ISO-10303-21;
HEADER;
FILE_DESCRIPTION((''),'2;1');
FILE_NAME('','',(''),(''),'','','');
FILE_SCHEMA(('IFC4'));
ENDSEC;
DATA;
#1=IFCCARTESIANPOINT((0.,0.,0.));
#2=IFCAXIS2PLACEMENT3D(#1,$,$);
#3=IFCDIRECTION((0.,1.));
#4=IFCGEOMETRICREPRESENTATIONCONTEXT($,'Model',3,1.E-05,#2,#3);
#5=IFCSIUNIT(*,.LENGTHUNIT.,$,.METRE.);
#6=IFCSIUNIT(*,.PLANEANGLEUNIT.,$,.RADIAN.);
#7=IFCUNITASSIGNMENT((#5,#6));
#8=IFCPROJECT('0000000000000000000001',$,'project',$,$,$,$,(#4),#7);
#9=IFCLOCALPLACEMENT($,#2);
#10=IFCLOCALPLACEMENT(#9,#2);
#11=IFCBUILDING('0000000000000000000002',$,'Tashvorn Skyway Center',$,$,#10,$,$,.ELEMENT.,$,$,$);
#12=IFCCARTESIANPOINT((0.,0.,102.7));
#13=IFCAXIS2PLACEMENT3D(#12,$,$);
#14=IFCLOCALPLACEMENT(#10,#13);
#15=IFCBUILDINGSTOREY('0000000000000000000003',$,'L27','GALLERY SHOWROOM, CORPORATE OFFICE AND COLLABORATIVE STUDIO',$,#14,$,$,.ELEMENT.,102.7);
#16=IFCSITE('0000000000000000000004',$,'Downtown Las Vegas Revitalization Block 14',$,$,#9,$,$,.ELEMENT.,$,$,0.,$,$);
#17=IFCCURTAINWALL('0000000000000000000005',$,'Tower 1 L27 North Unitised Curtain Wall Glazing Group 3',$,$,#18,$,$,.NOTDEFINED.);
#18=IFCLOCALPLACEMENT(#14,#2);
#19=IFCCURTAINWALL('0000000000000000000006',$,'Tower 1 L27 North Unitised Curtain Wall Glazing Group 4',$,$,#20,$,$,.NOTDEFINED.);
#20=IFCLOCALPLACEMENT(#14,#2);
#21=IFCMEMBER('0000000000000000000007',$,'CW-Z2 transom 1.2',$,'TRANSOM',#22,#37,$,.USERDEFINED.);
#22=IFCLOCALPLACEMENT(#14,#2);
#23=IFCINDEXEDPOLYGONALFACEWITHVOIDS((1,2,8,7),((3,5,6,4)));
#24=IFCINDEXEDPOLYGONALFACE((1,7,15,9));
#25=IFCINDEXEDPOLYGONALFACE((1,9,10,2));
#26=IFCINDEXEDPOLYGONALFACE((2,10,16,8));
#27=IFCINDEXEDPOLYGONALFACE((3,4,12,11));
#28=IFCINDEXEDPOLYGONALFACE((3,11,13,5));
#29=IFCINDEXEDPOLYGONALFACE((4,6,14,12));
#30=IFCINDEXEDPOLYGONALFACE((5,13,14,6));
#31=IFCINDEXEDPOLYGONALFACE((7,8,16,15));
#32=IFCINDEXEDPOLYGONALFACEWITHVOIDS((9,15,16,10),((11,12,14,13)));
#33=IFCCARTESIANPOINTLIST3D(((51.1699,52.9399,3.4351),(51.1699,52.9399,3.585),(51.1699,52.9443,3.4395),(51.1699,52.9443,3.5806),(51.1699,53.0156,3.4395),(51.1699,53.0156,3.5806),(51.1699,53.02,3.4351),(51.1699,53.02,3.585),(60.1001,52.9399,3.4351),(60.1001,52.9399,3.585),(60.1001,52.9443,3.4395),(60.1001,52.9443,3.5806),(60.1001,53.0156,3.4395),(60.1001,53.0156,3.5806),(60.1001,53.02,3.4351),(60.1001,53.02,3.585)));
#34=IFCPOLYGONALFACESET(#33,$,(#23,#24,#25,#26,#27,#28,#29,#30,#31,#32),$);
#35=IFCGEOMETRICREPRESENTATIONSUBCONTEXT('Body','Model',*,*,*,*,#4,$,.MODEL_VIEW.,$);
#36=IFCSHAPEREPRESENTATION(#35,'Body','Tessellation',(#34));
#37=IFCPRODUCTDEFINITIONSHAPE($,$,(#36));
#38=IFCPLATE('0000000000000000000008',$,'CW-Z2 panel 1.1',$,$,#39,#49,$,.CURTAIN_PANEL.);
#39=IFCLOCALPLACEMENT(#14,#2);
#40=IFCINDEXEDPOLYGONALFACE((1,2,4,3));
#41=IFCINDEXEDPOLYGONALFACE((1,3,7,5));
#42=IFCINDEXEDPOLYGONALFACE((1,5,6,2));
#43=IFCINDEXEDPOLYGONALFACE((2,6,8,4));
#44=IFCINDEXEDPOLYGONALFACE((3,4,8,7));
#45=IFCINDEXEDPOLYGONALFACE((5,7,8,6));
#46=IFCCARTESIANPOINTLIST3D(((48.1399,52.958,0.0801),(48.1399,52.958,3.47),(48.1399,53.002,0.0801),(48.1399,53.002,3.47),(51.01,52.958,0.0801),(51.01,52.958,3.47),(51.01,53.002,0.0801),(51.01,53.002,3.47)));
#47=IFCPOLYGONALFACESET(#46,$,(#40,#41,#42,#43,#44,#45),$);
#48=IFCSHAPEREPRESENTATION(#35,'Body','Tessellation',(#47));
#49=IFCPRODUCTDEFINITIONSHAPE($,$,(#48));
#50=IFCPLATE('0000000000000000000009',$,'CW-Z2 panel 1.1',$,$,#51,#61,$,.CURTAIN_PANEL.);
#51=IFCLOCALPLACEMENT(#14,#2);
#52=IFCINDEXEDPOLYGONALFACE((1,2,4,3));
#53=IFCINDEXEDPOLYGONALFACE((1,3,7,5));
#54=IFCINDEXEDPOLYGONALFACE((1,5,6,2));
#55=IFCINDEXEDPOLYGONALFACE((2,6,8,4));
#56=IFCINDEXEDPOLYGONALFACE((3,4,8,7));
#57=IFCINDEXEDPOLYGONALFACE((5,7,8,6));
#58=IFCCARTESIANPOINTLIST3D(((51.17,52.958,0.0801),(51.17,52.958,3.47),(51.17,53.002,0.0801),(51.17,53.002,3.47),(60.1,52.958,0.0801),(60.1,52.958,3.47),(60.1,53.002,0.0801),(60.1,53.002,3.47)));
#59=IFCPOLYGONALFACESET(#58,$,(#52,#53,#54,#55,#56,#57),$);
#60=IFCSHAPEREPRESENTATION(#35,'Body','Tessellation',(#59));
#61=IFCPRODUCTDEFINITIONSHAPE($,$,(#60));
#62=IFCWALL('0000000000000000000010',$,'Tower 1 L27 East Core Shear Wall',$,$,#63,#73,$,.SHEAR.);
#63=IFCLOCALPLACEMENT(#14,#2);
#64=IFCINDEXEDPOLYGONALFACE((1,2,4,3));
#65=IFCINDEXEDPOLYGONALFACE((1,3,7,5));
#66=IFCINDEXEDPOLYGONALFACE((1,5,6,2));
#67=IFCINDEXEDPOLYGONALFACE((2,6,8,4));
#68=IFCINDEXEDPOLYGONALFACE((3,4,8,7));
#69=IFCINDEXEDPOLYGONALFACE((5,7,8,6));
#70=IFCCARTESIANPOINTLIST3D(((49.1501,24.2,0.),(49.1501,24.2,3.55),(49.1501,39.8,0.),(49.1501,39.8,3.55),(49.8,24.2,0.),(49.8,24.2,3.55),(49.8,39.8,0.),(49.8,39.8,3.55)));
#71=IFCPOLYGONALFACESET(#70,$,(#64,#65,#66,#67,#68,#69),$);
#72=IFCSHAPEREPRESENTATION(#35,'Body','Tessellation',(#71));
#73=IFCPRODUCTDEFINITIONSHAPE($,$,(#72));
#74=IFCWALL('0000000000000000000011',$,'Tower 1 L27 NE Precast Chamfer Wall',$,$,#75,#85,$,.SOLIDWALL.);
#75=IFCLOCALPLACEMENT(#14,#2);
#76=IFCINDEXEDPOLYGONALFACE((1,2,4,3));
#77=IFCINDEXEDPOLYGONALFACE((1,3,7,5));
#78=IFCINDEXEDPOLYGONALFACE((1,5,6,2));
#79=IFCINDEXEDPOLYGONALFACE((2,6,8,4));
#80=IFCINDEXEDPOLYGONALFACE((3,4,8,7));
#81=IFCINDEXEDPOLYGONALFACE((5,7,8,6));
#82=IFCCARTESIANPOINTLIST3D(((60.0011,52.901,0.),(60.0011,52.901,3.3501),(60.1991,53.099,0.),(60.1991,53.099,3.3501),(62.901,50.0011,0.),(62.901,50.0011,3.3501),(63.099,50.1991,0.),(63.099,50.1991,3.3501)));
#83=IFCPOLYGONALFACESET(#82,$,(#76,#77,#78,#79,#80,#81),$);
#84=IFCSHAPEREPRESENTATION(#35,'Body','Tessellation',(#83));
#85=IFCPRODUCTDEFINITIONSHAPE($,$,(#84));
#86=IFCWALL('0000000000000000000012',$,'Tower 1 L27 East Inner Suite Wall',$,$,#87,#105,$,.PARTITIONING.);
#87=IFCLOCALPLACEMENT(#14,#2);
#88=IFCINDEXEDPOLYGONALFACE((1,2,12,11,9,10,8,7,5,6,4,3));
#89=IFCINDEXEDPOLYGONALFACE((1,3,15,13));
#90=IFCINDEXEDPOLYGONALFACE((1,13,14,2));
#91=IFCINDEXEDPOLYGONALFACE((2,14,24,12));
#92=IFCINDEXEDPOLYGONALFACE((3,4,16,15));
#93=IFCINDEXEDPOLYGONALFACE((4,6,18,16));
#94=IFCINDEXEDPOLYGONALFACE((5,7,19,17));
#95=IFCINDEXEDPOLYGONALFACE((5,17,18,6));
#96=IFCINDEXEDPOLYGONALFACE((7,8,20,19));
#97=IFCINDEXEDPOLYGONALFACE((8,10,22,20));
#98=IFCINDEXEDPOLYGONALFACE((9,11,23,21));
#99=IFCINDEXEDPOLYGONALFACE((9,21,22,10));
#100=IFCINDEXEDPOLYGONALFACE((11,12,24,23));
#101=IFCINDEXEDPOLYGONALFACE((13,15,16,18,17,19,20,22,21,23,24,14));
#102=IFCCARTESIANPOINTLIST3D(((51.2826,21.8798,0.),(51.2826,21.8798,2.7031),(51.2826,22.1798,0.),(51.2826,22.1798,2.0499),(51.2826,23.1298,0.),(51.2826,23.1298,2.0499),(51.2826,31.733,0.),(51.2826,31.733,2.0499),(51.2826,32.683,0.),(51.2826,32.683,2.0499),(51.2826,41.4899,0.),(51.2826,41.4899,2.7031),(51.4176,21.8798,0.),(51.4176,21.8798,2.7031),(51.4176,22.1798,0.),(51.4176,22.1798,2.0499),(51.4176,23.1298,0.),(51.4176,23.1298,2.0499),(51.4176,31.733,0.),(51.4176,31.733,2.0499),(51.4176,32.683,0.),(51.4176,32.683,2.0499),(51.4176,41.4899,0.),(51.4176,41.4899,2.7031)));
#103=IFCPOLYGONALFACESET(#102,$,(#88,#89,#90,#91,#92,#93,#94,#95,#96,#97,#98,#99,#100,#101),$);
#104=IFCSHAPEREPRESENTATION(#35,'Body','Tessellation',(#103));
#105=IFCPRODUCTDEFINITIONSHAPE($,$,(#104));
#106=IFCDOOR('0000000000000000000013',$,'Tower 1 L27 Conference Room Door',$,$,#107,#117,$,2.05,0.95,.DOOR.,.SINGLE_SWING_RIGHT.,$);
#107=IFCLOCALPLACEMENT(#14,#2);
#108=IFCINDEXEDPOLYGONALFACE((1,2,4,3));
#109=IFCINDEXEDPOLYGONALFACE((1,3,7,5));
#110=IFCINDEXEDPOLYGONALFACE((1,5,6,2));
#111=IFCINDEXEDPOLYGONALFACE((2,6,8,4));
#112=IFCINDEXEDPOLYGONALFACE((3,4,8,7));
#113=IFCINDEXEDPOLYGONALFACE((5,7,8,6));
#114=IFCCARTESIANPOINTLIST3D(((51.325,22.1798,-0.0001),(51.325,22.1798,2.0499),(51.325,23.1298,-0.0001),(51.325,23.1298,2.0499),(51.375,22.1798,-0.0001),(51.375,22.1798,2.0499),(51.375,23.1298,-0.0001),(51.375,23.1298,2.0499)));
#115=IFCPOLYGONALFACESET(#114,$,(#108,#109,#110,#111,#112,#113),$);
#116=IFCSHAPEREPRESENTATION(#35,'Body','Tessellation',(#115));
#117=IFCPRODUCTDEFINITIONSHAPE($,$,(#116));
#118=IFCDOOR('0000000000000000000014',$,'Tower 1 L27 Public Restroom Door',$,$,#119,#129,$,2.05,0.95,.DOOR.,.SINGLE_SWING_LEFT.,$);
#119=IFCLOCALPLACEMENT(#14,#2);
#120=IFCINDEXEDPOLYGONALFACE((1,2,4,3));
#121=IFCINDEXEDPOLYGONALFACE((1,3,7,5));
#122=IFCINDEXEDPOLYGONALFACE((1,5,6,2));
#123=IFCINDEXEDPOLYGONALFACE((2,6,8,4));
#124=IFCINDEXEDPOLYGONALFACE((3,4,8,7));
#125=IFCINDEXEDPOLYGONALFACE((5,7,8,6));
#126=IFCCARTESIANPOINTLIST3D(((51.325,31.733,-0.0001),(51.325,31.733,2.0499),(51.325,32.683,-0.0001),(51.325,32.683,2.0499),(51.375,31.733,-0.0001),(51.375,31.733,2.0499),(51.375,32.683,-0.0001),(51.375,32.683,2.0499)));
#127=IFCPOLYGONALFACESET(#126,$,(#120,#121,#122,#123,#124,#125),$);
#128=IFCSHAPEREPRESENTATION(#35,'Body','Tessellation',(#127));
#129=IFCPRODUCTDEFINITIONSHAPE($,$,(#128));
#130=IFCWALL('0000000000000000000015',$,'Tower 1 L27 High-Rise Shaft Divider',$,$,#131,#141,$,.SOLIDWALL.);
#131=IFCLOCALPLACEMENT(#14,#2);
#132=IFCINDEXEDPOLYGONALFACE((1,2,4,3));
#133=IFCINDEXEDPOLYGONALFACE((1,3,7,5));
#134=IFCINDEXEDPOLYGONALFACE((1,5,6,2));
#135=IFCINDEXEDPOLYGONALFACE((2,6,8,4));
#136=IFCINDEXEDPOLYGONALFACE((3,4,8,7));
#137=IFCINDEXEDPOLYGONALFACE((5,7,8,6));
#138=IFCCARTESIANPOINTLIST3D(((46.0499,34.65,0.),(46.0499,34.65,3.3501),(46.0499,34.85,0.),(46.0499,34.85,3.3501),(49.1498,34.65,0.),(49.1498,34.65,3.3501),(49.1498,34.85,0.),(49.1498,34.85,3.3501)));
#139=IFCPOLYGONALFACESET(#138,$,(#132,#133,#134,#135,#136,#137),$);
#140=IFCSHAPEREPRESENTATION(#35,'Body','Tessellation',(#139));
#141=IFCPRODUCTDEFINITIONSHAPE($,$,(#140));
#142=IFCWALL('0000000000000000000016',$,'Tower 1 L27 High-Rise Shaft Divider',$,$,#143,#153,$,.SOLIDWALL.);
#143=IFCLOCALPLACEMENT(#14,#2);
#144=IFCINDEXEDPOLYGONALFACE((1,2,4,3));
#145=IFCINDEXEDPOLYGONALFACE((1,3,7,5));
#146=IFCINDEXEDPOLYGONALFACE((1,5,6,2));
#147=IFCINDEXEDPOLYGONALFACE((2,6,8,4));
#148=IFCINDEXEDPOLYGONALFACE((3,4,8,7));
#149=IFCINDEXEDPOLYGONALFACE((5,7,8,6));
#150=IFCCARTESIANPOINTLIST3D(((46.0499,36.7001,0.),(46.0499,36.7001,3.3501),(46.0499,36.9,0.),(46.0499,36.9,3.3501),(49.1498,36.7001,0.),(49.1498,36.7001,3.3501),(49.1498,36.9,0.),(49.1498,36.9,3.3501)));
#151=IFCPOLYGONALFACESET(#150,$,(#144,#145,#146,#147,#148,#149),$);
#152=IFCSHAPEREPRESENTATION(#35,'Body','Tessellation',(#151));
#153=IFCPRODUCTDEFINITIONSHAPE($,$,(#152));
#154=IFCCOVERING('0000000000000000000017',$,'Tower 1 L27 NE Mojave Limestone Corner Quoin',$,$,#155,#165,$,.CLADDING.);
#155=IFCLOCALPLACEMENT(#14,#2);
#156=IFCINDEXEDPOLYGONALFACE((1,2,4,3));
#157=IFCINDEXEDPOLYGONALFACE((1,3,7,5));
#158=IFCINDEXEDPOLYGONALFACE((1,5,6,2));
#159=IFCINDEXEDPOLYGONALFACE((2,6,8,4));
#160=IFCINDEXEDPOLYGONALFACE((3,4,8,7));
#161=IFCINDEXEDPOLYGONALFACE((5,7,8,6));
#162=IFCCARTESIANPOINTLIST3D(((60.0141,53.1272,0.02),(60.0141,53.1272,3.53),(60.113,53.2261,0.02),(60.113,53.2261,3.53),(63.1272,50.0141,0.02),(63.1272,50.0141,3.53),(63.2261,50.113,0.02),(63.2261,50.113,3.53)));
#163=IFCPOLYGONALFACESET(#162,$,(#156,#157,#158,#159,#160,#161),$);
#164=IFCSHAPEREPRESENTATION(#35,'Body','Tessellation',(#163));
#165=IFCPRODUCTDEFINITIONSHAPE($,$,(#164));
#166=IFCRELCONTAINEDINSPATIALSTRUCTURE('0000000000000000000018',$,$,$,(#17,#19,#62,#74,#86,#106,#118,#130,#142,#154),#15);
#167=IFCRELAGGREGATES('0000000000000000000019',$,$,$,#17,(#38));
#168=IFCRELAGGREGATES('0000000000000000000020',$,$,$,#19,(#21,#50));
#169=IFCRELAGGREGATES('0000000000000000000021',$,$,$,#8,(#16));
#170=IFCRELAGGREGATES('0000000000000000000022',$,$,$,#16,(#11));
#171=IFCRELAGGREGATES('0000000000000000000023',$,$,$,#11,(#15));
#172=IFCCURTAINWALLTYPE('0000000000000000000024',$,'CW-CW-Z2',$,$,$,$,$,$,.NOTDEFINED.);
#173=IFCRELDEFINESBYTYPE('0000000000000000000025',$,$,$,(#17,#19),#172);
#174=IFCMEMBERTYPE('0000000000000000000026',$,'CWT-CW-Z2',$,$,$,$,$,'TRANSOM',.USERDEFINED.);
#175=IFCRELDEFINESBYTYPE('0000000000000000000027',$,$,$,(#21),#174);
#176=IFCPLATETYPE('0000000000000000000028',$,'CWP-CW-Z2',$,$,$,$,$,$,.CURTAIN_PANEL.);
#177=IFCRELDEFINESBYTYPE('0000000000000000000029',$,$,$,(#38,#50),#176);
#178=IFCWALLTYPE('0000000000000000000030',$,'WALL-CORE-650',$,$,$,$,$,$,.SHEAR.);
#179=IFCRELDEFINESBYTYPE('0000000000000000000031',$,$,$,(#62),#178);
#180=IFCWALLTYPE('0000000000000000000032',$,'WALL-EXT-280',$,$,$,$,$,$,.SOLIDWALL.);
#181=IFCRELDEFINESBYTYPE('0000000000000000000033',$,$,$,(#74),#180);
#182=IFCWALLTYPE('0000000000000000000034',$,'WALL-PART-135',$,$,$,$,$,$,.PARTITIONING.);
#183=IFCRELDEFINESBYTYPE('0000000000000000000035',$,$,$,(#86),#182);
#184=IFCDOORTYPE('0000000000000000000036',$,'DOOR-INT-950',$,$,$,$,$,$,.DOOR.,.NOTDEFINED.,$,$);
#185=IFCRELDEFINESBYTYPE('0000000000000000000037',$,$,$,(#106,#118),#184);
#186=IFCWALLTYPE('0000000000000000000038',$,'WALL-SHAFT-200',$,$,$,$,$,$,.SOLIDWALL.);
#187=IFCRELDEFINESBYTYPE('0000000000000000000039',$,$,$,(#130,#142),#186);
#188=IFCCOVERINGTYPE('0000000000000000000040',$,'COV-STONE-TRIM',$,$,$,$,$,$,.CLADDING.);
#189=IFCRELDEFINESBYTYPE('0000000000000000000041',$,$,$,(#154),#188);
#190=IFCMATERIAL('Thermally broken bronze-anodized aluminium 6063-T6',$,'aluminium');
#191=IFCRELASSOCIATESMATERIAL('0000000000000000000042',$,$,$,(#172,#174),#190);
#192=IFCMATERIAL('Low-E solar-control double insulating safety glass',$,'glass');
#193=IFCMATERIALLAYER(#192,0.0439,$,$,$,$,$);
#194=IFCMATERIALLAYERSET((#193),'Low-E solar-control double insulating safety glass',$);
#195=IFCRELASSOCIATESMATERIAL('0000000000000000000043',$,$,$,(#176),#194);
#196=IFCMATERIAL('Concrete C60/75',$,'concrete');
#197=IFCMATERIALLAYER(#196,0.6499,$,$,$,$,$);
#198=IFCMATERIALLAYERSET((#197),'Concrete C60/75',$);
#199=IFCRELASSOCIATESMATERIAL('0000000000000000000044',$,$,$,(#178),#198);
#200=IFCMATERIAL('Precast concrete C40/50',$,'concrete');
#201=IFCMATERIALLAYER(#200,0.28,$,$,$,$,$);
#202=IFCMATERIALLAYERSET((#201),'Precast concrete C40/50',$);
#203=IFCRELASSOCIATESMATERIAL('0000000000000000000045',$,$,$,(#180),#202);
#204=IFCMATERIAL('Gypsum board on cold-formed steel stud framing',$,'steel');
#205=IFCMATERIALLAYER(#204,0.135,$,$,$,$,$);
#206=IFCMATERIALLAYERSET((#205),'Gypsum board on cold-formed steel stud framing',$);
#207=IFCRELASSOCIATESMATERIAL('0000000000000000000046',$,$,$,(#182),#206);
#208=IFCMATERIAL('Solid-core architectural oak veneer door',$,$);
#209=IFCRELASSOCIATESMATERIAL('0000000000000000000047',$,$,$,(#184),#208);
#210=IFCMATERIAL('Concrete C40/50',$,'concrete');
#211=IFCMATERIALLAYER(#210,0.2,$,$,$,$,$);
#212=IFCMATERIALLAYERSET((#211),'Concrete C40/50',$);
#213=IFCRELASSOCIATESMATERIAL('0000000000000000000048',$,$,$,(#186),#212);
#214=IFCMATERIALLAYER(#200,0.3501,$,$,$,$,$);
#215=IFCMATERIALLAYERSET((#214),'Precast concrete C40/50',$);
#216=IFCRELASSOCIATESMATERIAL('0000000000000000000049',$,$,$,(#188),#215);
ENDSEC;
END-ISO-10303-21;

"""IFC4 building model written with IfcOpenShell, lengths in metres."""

from ifc_helpers import new_model, si_unit, direction, frame, frame_2d, origin, origin_2d, place, context, subcontext, project, spatial, rectangle, hollow_rectangle, extrude, material, layer, layer_set, material_profile, profile_set, type_object, element, fill, aggregate, save


model = new_model("IFC4")

# Units and contexts
model_context = context("Model", 3, precision=1e-05, world=origin(), true_north=direction((0.0, 1.0)))
body_context = subcontext(model_context, "Body", "Model", "MODEL_VIEW")
ifc_project = project(units=[si_unit("LENGTHUNIT", "METRE"), si_unit("PLANEANGLEUNIT", "RADIAN")], contexts=[model_context])

# Site, building, storey
site_placement = place(None, origin())
site = spatial("IfcSite", under=ifc_project, at=site_placement, Name="Downtown Las Vegas Revitalization Block 14", CompositionType="ELEMENT", RefElevation=0.0)
building_placement = place(site_placement, origin())
building = spatial("IfcBuilding", under=site, at=building_placement, Name="Tashvorn Skyway Center", CompositionType="ELEMENT")
storey_placement = place(building_placement, frame((0.0, 0.0, 102.7)))
storey = spatial("IfcBuildingStorey", under=building, at=storey_placement, Name="L27", Description="GALLERY SHOWROOM, CORPORATE OFFICE AND COLLABORATIVE STUDIO", CompositionType="ELEMENT", Elevation=102.7)

# Curtain walls
ifc_material_1 = material(Name="Thermally broken bronze-anodized aluminium 6063-T6", Category="aluminium")
curtain_wall_type = type_object("IfcCurtainWallType", Name="CW-CW-Z2", PredefinedType="NOTDEFINED", material=ifc_material_1)
curtain_wall_1_placement = place(storey_placement, origin())
curtain_wall_1 = element("IfcCurtainWall", 1, at=curtain_wall_1_placement, inside=storey, type_object=curtain_wall_type, Name="Tower 1 L27 North Unitised Curtain Wall Glazing Group 3", PredefinedType="NOTDEFINED")
curtain_wall_2_placement = place(storey_placement, origin())
curtain_wall_2 = element("IfcCurtainWall", 2, at=curtain_wall_2_placement, inside=storey, type_object=curtain_wall_type, Name="Tower 1 L27 North Unitised Curtain Wall Glazing Group 4", PredefinedType="NOTDEFINED")

# Member
ifc_material_profile_1 = material_profile(ifc_material_1, hollow_rectangle(XDim=0.0801, YDim=0.1499, WallThickness=0.0044, at=origin_2d()), Name="ALU-TRAN-80x150")
ifc_profile_set_1 = profile_set([ifc_material_profile_1], Name="Thermally broken bronze-anodized aluminium 6063-T6")
member_type_1 = type_object("IfcMemberType", Name="CWT-CW-Z2", ElementType="TRANSOM", PredefinedType="USERDEFINED", material=ifc_profile_set_1)
member_1_placement = place(storey_placement, frame((51.1699, 52.98, 3.51), z_axis=(1.0, 0.0, 0.0), x_axis=(0.0, 1.0, 0.0)))
member_1 = element("IfcMember", 3, at=member_1_placement, type_object=member_type_1, Name="CW-Z2 transom 1.2", ObjectType="TRANSOM", PredefinedType="USERDEFINED", context=body_context, shape_type="SweptSolid", body=[
    extrude(hollow_rectangle(XDim=0.0801, YDim=0.1499, WallThickness=0.0044, at=origin_2d()), origin(), (0.0, 0.0, 1.0), 8.9302),
])

# Plates
ifc_material_2 = material(Name="Low-E solar-control double insulating safety glass", Category="glass")
ifc_layer_1 = layer(ifc_material_2, 0.0439)
ifc_layer_set_1 = layer_set([ifc_layer_1], Name="Low-E solar-control double insulating safety glass")
plate_type = type_object("IfcPlateType", Name="CWP-CW-Z2", PredefinedType="CURTAIN_PANEL", material=ifc_layer_set_1)
plate_1_placement = place(storey_placement, frame((49.575, 52.98, 0.0801), z_axis=(0.0, 0.0, 1.0), x_axis=(1.0, 0.0, 0.0)))
plate_1 = element("IfcPlate", 4, at=plate_1_placement, type_object=plate_type, Name="CW-Z2 panel 1.1", PredefinedType="CURTAIN_PANEL", context=body_context, shape_type="SweptSolid", body=[
    extrude(rectangle(XDim=2.8701, YDim=0.0439, at=origin_2d()), origin(), (0.0, 0.0, 1.0), 3.3899),
])
aggregate(curtain_wall_1, [plate_1])
plate_2_placement = place(storey_placement, frame((55.635, 52.98, 0.0801), z_axis=(0.0, 0.0, 1.0), x_axis=(1.0, 0.0, 0.0)))
plate_2 = element("IfcPlate", 5, at=plate_2_placement, type_object=plate_type, Name="CW-Z2 panel 1.1", PredefinedType="CURTAIN_PANEL", context=body_context, shape_type="SweptSolid", body=[
    extrude(rectangle(XDim=8.9299, YDim=0.0439, at=origin_2d()), origin(), (0.0, 0.0, 1.0), 3.3899),
])
aggregate(curtain_wall_2, [member_1, plate_2])

# Walls
ifc_material_3 = material(Name="Concrete C60/75", Category="concrete")
ifc_layer_2 = layer(ifc_material_3, 0.6499)
ifc_layer_set_2 = layer_set([ifc_layer_2], Name="Concrete C60/75")
wall_type_1 = type_object("IfcWallType", Name="WALL-CORE-650", PredefinedType="SHEAR", material=ifc_layer_set_2)
wall_1_placement = place(storey_placement, frame((49.4751, 39.8, 0.0), z_axis=(0.0, 0.0, 1.0), x_axis=(0.0, -1.0, 0.0)))
element("IfcWall", 6, at=wall_1_placement, inside=storey, type_object=wall_type_1, Name="Tower 1 L27 East Core Shear Wall", PredefinedType="SHEAR", context=body_context, shape_type="SweptSolid", body=[
    extrude(rectangle(XDim=15.6001, YDim=0.6499, at=frame_2d((7.8, 0.0))), origin(), (0.0, 0.0, 1.0), 3.55),
])
ifc_material_4 = material(Name="Precast concrete C40/50", Category="concrete")
ifc_layer_3 = layer(ifc_material_4, 0.28)
ifc_layer_set_3 = layer_set([ifc_layer_3], Name="Precast concrete C40/50")
wall_type_2 = type_object("IfcWallType", Name="WALL-EXT-280", PredefinedType="SOLIDWALL", material=ifc_layer_set_3)
wall_2_placement = place(storey_placement, frame((60.1001, 53.0, 0.0), z_axis=(0.0, 0.0, 1.0), x_axis=(0.707107, -0.707107, 0.0)))
element("IfcWall", 7, at=wall_2_placement, inside=storey, type_object=wall_type_2, Name="Tower 1 L27 NE Precast Chamfer Wall", PredefinedType="SOLIDWALL", context=body_context, shape_type="SweptSolid", body=[
    extrude(rectangle(XDim=4.1011, YDim=0.28, at=frame_2d((2.0505, 0.0))), origin(), (0.0, 0.0, 1.0), 3.3501),
])

# Wall, openings, doors
ifc_material_5 = material(Name="Gypsum board on cold-formed steel stud framing", Category="steel")
ifc_layer_4 = layer(ifc_material_5, 0.135)
ifc_layer_set_4 = layer_set([ifc_layer_4], Name="Gypsum board on cold-formed steel stud framing")
wall_type_3 = type_object("IfcWallType", Name="WALL-PART-135", PredefinedType="PARTITIONING", material=ifc_layer_set_4)
wall_3_placement = place(storey_placement, frame((51.3501, 41.49, 0.0), z_axis=(0.0, 0.0, 1.0), x_axis=(0.0, -1.0, 0.0)))
wall_3 = element("IfcWall", 8, at=wall_3_placement, inside=storey, type_object=wall_type_3, Name="Tower 1 L27 East Inner Suite Wall", PredefinedType="PARTITIONING", context=body_context, shape_type="SweptSolid", body=[
    extrude(rectangle(XDim=19.6101, YDim=0.135, at=frame_2d((9.8052, 0.0))), origin(), (0.0, 0.0, 1.0), 2.7031),
])
opening_1_placement = place(wall_3_placement, frame((18.3601, 0.0, 0.0)))
opening_1 = element("IfcOpeningElement", 9, at=opening_1_placement, cuts=wall_3, PredefinedType="OPENING", context=body_context, shape_type="SweptSolid", body=[
    extrude(rectangle(XDim=0.95, YDim=2.05, at=frame_2d((0.4751, 1.0249))), frame((0.0, 0.0774, 0.0), z_axis=(0.0, -1.0, 0.0), x_axis=(1.0, 0.0, 0.0)), (0.0, 0.0, 1.0), 0.155),
])
opening_2_placement = place(wall_3_placement, frame((8.8069, 0.0, 0.0)))
opening_2 = element("IfcOpeningElement", 10, at=opening_2_placement, cuts=wall_3, PredefinedType="OPENING", context=body_context, shape_type="SweptSolid", body=[
    extrude(rectangle(XDim=0.95, YDim=2.05, at=frame_2d((0.4751, 1.0249))), frame((0.0, 0.0774, 0.0), z_axis=(0.0, -1.0, 0.0), x_axis=(1.0, 0.0, 0.0)), (0.0, 0.0, 1.0), 0.155),
])
ifc_material_6 = material(Name="Solid-core architectural oak veneer door")
door_type = type_object("IfcDoorType", Name="DOOR-INT-950", OperationType="NOTDEFINED", PredefinedType="DOOR", material=ifc_material_6)
door_1_placement = place(opening_1_placement, origin())
door_1 = element("IfcDoor", 11, at=door_1_placement, inside=storey, type_object=door_type, Name="Tower 1 L27 Conference Room Door", OperationType="SINGLE_SWING_RIGHT", OverallHeight=2.05, OverallWidth=0.95, PredefinedType="DOOR", context=body_context, shape_type="SweptSolid", body=[
    extrude(rectangle(XDim=0.95, YDim=2.05, at=frame_2d((0.4751, 1.0249))), frame((0.0, 0.0249, 0.0), z_axis=(0.0, -1.0, 0.0), x_axis=(1.0, 0.0, 0.0)), (0.0, 0.0, 1.0), 0.05),
])
fill(opening_1, door_1)
door_2_placement = place(opening_2_placement, origin())
door_2 = element("IfcDoor", 12, at=door_2_placement, inside=storey, type_object=door_type, Name="Tower 1 L27 Public Restroom Door", OperationType="SINGLE_SWING_LEFT", OverallHeight=2.05, OverallWidth=0.95, PredefinedType="DOOR", context=body_context, shape_type="SweptSolid", body=[
    extrude(rectangle(XDim=0.95, YDim=2.05, at=frame_2d((0.4751, 1.0249))), frame((0.0, 0.0249, 0.0), z_axis=(0.0, -1.0, 0.0), x_axis=(1.0, 0.0, 0.0)), (0.0, 0.0, 1.0), 0.05),
])
fill(opening_2, door_2)

# Walls
ifc_material_7 = material(Name="Concrete C40/50", Category="concrete")
ifc_layer_5 = layer(ifc_material_7, 0.2)
ifc_layer_set_5 = layer_set([ifc_layer_5], Name="Concrete C40/50")
wall_type_4 = type_object("IfcWallType", Name="WALL-SHAFT-200", PredefinedType="SOLIDWALL", material=ifc_layer_set_5)
for number, where, z_axis, x_axis, name in (
    (13, (46.05, 34.75, 0.0), (0.0, 0.0, 1.0), (1.0, 0.0, 0.0), "Tower 1 L27 High-Rise Shaft Divider"),
    (14, (46.05, 36.8, 0.0), (0.0, 0.0, 1.0), (1.0, 0.0, 0.0), "Tower 1 L27 High-Rise Shaft Divider"),
):
    element("IfcWall", number, at=place(storey_placement, frame(where, z_axis=z_axis, x_axis=x_axis)), inside=storey, type_object=wall_type_4, Name=name, PredefinedType="SOLIDWALL", context=body_context, shape_type="SweptSolid", body=[
        extrude(rectangle(XDim=3.0999, YDim=0.2, at=frame_2d((1.5498, 0.0))), origin(), (0.0, 0.0, 1.0), 3.3501),
    ])

# Covering
ifc_layer_6 = layer(ifc_material_4, 0.3501)
ifc_layer_set_6 = layer_set([ifc_layer_6], Name="Precast concrete C40/50")
covering_type = type_object("IfcCoveringType", Name="COV-STONE-TRIM", PredefinedType="CLADDING", material=ifc_layer_set_6)
covering_placement = place(storey_placement, frame((61.6201, 51.6201, 0.02), z_axis=(0.0, 0.0, 1.0), x_axis=(0.707107, -0.707107, 0.0)))
element("IfcCovering", 15, at=covering_placement, inside=storey, type_object=covering_type, Name="Tower 1 L27 NE Mojave Limestone Corner Quoin", PredefinedType="CLADDING", context=body_context, shape_type="SweptSolid", body=[
    extrude(rectangle(XDim=4.4026, YDim=0.1399, at=origin_2d()), origin(), (0.0, 0.0, 1.0), 3.51),
])

save(model, "model.ifc")
